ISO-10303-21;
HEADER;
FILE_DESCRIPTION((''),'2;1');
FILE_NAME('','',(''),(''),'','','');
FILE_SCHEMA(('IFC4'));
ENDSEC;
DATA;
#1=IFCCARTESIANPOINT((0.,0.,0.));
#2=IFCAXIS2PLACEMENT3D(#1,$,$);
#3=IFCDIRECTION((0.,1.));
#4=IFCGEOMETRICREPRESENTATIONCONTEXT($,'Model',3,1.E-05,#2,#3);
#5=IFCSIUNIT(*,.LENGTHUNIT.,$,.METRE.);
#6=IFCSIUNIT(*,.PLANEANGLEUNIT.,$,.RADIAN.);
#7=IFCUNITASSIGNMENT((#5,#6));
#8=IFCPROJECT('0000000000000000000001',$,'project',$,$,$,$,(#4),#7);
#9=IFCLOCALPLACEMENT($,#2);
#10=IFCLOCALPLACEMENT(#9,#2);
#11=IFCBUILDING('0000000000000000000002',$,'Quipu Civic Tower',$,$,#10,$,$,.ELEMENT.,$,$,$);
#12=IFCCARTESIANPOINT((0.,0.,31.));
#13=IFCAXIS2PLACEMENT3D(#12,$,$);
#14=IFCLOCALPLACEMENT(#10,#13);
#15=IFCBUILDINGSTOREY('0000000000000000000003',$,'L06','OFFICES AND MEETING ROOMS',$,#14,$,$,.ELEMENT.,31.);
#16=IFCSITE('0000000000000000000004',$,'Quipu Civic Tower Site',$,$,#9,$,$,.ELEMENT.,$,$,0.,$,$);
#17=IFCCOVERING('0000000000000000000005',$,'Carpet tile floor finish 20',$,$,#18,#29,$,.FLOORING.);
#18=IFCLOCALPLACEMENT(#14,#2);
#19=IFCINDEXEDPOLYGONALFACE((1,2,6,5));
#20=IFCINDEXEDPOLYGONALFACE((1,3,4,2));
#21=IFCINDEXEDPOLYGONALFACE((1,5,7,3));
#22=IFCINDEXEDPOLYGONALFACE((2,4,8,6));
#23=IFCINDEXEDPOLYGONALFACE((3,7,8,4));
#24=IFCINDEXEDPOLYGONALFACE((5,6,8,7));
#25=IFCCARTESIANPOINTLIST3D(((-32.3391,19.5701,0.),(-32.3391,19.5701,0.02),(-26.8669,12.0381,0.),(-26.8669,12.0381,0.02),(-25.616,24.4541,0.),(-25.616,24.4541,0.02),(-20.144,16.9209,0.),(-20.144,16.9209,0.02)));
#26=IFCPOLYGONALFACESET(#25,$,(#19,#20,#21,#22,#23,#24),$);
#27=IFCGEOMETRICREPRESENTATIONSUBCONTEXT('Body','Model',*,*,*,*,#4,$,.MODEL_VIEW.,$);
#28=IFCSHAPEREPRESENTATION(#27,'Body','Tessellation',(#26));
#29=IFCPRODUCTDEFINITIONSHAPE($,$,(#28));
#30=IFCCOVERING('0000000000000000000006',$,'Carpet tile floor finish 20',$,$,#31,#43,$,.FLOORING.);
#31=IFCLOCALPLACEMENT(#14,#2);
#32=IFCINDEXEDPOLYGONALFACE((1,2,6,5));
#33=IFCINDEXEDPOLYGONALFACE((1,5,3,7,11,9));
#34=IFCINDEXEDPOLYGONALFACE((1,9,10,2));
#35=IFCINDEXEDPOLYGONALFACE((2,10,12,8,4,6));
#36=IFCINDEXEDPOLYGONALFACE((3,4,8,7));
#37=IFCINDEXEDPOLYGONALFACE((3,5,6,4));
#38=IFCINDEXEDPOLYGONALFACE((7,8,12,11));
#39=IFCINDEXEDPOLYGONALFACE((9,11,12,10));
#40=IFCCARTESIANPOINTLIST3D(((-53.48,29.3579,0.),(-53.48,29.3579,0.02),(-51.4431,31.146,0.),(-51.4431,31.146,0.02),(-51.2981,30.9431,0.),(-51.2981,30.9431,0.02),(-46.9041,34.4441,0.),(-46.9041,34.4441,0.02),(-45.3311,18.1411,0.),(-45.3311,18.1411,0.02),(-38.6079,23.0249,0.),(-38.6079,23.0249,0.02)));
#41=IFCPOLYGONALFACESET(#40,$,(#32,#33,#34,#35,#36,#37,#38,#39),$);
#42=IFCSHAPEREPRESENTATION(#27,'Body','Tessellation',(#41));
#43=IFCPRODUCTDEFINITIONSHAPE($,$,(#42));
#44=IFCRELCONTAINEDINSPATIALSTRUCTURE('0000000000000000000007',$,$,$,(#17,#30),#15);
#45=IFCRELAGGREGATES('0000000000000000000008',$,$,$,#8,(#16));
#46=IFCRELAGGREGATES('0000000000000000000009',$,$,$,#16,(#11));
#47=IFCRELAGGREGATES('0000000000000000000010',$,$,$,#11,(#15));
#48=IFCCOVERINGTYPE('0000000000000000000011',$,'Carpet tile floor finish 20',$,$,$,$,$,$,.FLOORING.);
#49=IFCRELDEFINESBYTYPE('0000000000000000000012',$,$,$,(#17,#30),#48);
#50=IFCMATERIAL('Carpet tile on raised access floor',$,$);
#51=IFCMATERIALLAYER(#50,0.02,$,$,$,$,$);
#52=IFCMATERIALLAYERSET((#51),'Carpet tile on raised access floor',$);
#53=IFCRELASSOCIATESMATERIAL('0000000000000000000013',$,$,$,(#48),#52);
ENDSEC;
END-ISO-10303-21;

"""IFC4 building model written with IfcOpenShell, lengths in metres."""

from ifc_helpers import new_model, si_unit, direction, frame, origin, place, context, subcontext, project, spatial, polyline, outline, extrude, material, layer, layer_set, type_object, element, save


model = new_model("IFC4")

# Units and contexts
model_context = context("Model", 3, precision=1e-05, world=origin(), true_north=direction((0.0, 1.0)))
body_context = subcontext(model_context, "Body", "Model", "MODEL_VIEW")
ifc_project = project(units=[si_unit("LENGTHUNIT", "METRE"), si_unit("PLANEANGLEUNIT", "RADIAN")], contexts=[model_context])

# Site, building, storey
site_placement = place(None, origin())
site = spatial("IfcSite", under=ifc_project, at=site_placement, Name="Quipu Civic Tower Site", CompositionType="ELEMENT", RefElevation=0.0)
building_placement = place(site_placement, origin())
building = spatial("IfcBuilding", under=site, at=building_placement, Name="Quipu Civic Tower", CompositionType="ELEMENT")
storey_placement = place(building_placement, frame((0.0, 0.0, 31.0)))
storey = spatial("IfcBuildingStorey", under=building, at=storey_placement, Name="L06", Description="OFFICES AND MEETING ROOMS", CompositionType="ELEMENT", Elevation=31.0)

# Coverings
ifc_material_1 = material(Name="Carpet tile on raised access floor")
ifc_layer_1 = layer(ifc_material_1, 0.02)
ifc_layer_set_1 = layer_set([ifc_layer_1], Name="Carpet tile on raised access floor")
covering_type = type_object("IfcCoveringType", Name="Carpet tile floor finish 20", PredefinedType="FLOORING", material=ifc_layer_set_1)
covering_1_placement = place(storey_placement, origin())
element("IfcCovering", 1, at=covering_1_placement, inside=storey, type_object=covering_type, Name="Carpet tile floor finish 20", PredefinedType="FLOORING", context=body_context, shape_type="SweptSolid", body=[
    extrude(outline(polyline([(-32.3391, 19.5701), (-25.616, 24.4541), (-20.144, 16.9209), (-26.8669, 12.0381), (-32.3391, 19.5701)])), origin(), (0.0, 0.0, 1.0), 0.02),
])
covering_2_placement = place(storey_placement, origin())
element("IfcCovering", 2, at=covering_2_placement, inside=storey, type_object=covering_type, Name="Carpet tile floor finish 20", PredefinedType="FLOORING", context=body_context, shape_type="SweptSolid", body=[
    extrude(outline(polyline([(-53.48, 29.3579), (-51.2981, 30.9431), (-51.4431, 31.146), (-46.9041, 34.4441), (-38.6079, 23.0249), (-45.3311, 18.1411), (-53.48, 29.3579)])), origin(), (0.0, 0.0, 1.0), 0.02),
])

save(model, "model.ifc")
